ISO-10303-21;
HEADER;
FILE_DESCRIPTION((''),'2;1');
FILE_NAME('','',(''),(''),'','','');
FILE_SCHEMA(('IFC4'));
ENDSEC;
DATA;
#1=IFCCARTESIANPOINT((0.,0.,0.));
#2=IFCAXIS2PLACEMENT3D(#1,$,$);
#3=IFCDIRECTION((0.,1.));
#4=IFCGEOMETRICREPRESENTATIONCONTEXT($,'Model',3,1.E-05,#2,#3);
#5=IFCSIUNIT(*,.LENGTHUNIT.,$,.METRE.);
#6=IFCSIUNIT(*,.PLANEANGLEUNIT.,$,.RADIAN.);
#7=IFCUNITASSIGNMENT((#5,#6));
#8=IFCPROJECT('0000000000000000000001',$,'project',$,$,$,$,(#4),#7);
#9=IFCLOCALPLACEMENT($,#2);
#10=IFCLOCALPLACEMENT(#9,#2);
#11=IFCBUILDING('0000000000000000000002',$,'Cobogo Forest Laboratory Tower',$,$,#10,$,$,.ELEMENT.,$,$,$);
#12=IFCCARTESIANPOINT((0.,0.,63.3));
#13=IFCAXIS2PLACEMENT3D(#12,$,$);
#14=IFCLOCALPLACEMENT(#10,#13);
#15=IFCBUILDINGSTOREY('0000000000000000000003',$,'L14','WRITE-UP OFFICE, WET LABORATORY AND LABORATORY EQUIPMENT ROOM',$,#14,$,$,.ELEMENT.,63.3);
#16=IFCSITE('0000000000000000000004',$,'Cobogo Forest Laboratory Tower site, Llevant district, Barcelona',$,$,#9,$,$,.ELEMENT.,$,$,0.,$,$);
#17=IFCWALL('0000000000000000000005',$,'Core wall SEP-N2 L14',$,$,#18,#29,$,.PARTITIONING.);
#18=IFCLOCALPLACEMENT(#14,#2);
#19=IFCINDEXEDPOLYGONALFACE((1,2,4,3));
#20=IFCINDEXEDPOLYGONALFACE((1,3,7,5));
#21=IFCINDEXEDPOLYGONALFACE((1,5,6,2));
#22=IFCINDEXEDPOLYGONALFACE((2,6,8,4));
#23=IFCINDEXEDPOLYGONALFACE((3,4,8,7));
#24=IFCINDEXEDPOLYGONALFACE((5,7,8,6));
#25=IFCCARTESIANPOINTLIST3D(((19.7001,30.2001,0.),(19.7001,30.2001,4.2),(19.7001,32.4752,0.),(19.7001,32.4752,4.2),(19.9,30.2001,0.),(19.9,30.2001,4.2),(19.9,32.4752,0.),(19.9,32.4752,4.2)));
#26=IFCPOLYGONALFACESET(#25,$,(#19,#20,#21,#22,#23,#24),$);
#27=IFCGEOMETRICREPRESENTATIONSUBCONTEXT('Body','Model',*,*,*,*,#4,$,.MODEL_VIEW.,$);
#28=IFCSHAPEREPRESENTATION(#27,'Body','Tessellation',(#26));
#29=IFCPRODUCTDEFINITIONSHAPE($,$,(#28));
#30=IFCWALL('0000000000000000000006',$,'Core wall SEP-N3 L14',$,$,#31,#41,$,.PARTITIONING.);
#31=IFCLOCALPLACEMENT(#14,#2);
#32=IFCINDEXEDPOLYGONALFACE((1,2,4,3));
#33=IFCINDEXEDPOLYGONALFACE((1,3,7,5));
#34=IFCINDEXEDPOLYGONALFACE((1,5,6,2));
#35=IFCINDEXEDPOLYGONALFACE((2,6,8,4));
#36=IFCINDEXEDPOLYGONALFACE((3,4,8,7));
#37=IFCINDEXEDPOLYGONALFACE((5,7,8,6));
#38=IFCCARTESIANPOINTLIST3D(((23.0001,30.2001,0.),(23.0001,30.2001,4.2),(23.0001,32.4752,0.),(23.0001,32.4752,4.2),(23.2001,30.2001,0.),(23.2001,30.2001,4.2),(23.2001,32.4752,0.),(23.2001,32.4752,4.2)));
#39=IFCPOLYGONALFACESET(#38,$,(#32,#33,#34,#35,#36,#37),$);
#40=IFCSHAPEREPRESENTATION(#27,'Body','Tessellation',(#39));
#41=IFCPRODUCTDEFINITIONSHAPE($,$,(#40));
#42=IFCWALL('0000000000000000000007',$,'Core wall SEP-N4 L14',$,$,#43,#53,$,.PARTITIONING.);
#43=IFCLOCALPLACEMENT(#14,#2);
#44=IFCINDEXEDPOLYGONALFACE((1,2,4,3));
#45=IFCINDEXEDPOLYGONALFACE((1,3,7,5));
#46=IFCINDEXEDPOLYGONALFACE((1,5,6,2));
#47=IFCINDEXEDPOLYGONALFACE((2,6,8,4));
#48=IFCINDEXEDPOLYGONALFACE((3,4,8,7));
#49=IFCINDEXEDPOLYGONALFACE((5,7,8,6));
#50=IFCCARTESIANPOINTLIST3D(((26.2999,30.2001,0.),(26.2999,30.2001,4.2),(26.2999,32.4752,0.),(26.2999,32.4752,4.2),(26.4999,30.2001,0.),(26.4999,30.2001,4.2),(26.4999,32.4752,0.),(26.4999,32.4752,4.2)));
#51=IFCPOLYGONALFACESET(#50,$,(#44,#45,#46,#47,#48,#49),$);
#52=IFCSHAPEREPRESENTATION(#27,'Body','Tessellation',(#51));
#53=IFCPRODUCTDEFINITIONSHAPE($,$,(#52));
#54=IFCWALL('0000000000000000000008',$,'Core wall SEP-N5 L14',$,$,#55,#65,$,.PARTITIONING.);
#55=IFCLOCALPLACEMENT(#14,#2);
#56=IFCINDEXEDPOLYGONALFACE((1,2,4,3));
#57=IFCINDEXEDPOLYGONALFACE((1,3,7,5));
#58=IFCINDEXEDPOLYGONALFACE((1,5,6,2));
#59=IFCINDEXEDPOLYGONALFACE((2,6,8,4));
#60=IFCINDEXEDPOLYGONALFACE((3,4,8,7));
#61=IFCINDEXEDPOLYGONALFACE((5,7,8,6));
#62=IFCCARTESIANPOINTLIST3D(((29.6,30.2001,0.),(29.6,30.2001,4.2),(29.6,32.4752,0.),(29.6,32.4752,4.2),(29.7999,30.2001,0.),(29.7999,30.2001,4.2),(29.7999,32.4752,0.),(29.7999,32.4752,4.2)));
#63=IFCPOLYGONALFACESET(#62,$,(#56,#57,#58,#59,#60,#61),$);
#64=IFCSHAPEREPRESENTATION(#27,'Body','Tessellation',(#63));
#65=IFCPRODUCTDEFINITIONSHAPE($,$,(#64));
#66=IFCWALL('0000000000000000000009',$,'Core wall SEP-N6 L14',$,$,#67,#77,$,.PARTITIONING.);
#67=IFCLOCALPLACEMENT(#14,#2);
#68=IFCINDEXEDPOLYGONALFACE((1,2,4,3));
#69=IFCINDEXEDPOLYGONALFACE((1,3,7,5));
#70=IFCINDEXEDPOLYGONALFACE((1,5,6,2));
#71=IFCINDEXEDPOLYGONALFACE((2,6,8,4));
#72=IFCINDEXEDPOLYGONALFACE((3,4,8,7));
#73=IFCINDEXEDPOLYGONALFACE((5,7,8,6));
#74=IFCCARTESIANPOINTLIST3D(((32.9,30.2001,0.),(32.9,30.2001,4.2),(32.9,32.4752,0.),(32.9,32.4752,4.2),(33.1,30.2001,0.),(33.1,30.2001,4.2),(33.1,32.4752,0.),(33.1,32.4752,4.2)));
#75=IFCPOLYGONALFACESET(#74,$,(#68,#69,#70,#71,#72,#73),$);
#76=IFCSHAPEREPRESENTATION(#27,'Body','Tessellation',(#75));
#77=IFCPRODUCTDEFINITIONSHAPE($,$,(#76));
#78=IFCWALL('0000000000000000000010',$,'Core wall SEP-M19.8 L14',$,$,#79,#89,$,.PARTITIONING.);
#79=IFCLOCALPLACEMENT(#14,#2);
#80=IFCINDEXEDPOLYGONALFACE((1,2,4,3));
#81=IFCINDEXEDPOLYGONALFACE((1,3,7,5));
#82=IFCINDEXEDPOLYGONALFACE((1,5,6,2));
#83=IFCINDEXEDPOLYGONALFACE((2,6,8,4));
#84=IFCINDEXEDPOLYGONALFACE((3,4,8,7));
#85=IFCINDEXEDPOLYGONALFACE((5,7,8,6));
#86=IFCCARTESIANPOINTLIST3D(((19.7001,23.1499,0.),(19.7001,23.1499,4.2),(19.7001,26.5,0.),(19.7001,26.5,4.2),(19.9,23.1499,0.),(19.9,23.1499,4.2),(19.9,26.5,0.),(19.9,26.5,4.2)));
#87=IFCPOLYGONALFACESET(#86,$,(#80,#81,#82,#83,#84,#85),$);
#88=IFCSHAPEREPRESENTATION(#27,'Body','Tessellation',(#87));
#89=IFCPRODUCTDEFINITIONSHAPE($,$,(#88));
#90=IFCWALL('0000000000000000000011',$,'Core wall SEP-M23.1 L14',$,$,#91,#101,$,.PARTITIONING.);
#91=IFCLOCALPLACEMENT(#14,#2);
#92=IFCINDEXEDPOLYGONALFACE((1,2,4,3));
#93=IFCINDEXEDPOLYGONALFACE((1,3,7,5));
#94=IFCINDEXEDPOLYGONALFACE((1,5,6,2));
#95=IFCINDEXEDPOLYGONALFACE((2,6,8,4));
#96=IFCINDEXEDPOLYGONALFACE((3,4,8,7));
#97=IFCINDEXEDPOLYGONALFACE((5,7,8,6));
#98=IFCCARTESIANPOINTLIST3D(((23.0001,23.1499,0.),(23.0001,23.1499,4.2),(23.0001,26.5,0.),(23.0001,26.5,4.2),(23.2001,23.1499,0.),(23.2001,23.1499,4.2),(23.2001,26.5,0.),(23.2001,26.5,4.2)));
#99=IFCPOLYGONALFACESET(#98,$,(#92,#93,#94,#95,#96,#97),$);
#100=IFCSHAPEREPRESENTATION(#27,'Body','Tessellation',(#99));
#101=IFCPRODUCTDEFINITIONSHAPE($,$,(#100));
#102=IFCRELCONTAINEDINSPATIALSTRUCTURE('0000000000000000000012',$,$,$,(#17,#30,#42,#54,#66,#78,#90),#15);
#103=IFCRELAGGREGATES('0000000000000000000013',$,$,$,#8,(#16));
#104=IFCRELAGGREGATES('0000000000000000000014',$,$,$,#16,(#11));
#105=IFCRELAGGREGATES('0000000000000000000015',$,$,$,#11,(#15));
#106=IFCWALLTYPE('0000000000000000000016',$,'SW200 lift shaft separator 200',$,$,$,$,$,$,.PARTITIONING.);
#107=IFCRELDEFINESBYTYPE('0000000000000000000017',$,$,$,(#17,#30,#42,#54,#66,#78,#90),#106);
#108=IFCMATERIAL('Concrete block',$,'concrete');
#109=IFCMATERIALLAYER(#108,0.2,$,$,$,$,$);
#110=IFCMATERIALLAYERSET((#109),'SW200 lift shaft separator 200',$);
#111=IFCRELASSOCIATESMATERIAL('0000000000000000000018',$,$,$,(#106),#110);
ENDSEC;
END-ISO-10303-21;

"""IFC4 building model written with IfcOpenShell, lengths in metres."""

from ifc_helpers import new_model, si_unit, direction, frame, frame_2d, origin, place, context, subcontext, project, spatial, rectangle, extrude, material, layer, layer_set, type_object, element, save


model = new_model("IFC4")

# Units and contexts
model_context = context("Model", 3, precision=1e-05, world=origin(), true_north=direction((0.0, 1.0)))
body_context = subcontext(model_context, "Body", "Model", "MODEL_VIEW")
ifc_project = project(units=[si_unit("LENGTHUNIT", "METRE"), si_unit("PLANEANGLEUNIT", "RADIAN")], contexts=[model_context])

# Site, building, storey
site_placement = place(None, origin())
site = spatial("IfcSite", under=ifc_project, at=site_placement, Name="Cobogo Forest Laboratory Tower site, Llevant district, Barcelona", CompositionType="ELEMENT", RefElevation=0.0)
building_placement = place(site_placement, origin())
building = spatial("IfcBuilding", under=site, at=building_placement, Name="Cobogo Forest Laboratory Tower", CompositionType="ELEMENT")
storey_placement = place(building_placement, frame((0.0, 0.0, 63.3)))
storey = spatial("IfcBuildingStorey", under=building, at=storey_placement, Name="L14", Description="WRITE-UP OFFICE, WET LABORATORY AND LABORATORY EQUIPMENT ROOM", CompositionType="ELEMENT", Elevation=63.3)

# Walls
ifc_material_1 = material(Name="Concrete block", Category="concrete")
ifc_layer_1 = layer(ifc_material_1, 0.2)
ifc_layer_set_1 = layer_set([ifc_layer_1], Name="SW200 lift shaft separator 200")
wall_type_1 = type_object("IfcWallType", Name="SW200 lift shaft separator 200", PredefinedType="PARTITIONING", material=ifc_layer_set_1)
for number, where, z_axis, x_axis, name in (
    (1, (19.8, 30.2, 0.0), (0.0, 0.0, 1.0), (0.0, 1.0, 0.0), "Core wall SEP-N2 L14"),
    (2, (23.1001, 30.2, 0.0), (0.0, 0.0, 1.0), (0.0, 1.0, 0.0), "Core wall SEP-N3 L14"),
    (3, (26.3999, 30.2, 0.0), (0.0, 0.0, 1.0), (0.0, 1.0, 0.0), "Core wall SEP-N4 L14"),
    (4, (29.7, 30.2, 0.0), (0.0, 0.0, 1.0), (0.0, 1.0, 0.0), "Core wall SEP-N5 L14"),
    (5, (33.0, 30.2, 0.0), (0.0, 0.0, 1.0), (0.0, 1.0, 0.0), "Core wall SEP-N6 L14"),
):
    element("IfcWall", number, at=place(storey_placement, frame(where, z_axis=z_axis, x_axis=x_axis)), inside=storey, type_object=wall_type_1, Name=name, PredefinedType="PARTITIONING", context=body_context, shape_type="SweptSolid", body=[
        extrude(rectangle(XDim=2.2751, YDim=0.2, at=frame_2d((1.1377, 0.0))), origin(), (0.0, 0.0, 1.0), 4.2),
    ])
for number, where, z_axis, x_axis, name in (
    (6, (19.8, 23.1499, 0.0), (0.0, 0.0, 1.0), (0.0, 1.0, 0.0), "Core wall SEP-M19.8 L14"),
    (7, (23.1001, 23.1499, 0.0), (0.0, 0.0, 1.0), (0.0, 1.0, 0.0), "Core wall SEP-M23.1 L14"),
):
    element("IfcWall", number, at=place(storey_placement, frame(where, z_axis=z_axis, x_axis=x_axis)), inside=storey, type_object=wall_type_1, Name=name, PredefinedType="PARTITIONING", context=body_context, shape_type="SweptSolid", body=[
        extrude(rectangle(XDim=3.3501, YDim=0.2, at=frame_2d((1.675, 0.0))), origin(), (0.0, 0.0, 1.0), 4.2),
    ])

save(model, "model.ifc")
